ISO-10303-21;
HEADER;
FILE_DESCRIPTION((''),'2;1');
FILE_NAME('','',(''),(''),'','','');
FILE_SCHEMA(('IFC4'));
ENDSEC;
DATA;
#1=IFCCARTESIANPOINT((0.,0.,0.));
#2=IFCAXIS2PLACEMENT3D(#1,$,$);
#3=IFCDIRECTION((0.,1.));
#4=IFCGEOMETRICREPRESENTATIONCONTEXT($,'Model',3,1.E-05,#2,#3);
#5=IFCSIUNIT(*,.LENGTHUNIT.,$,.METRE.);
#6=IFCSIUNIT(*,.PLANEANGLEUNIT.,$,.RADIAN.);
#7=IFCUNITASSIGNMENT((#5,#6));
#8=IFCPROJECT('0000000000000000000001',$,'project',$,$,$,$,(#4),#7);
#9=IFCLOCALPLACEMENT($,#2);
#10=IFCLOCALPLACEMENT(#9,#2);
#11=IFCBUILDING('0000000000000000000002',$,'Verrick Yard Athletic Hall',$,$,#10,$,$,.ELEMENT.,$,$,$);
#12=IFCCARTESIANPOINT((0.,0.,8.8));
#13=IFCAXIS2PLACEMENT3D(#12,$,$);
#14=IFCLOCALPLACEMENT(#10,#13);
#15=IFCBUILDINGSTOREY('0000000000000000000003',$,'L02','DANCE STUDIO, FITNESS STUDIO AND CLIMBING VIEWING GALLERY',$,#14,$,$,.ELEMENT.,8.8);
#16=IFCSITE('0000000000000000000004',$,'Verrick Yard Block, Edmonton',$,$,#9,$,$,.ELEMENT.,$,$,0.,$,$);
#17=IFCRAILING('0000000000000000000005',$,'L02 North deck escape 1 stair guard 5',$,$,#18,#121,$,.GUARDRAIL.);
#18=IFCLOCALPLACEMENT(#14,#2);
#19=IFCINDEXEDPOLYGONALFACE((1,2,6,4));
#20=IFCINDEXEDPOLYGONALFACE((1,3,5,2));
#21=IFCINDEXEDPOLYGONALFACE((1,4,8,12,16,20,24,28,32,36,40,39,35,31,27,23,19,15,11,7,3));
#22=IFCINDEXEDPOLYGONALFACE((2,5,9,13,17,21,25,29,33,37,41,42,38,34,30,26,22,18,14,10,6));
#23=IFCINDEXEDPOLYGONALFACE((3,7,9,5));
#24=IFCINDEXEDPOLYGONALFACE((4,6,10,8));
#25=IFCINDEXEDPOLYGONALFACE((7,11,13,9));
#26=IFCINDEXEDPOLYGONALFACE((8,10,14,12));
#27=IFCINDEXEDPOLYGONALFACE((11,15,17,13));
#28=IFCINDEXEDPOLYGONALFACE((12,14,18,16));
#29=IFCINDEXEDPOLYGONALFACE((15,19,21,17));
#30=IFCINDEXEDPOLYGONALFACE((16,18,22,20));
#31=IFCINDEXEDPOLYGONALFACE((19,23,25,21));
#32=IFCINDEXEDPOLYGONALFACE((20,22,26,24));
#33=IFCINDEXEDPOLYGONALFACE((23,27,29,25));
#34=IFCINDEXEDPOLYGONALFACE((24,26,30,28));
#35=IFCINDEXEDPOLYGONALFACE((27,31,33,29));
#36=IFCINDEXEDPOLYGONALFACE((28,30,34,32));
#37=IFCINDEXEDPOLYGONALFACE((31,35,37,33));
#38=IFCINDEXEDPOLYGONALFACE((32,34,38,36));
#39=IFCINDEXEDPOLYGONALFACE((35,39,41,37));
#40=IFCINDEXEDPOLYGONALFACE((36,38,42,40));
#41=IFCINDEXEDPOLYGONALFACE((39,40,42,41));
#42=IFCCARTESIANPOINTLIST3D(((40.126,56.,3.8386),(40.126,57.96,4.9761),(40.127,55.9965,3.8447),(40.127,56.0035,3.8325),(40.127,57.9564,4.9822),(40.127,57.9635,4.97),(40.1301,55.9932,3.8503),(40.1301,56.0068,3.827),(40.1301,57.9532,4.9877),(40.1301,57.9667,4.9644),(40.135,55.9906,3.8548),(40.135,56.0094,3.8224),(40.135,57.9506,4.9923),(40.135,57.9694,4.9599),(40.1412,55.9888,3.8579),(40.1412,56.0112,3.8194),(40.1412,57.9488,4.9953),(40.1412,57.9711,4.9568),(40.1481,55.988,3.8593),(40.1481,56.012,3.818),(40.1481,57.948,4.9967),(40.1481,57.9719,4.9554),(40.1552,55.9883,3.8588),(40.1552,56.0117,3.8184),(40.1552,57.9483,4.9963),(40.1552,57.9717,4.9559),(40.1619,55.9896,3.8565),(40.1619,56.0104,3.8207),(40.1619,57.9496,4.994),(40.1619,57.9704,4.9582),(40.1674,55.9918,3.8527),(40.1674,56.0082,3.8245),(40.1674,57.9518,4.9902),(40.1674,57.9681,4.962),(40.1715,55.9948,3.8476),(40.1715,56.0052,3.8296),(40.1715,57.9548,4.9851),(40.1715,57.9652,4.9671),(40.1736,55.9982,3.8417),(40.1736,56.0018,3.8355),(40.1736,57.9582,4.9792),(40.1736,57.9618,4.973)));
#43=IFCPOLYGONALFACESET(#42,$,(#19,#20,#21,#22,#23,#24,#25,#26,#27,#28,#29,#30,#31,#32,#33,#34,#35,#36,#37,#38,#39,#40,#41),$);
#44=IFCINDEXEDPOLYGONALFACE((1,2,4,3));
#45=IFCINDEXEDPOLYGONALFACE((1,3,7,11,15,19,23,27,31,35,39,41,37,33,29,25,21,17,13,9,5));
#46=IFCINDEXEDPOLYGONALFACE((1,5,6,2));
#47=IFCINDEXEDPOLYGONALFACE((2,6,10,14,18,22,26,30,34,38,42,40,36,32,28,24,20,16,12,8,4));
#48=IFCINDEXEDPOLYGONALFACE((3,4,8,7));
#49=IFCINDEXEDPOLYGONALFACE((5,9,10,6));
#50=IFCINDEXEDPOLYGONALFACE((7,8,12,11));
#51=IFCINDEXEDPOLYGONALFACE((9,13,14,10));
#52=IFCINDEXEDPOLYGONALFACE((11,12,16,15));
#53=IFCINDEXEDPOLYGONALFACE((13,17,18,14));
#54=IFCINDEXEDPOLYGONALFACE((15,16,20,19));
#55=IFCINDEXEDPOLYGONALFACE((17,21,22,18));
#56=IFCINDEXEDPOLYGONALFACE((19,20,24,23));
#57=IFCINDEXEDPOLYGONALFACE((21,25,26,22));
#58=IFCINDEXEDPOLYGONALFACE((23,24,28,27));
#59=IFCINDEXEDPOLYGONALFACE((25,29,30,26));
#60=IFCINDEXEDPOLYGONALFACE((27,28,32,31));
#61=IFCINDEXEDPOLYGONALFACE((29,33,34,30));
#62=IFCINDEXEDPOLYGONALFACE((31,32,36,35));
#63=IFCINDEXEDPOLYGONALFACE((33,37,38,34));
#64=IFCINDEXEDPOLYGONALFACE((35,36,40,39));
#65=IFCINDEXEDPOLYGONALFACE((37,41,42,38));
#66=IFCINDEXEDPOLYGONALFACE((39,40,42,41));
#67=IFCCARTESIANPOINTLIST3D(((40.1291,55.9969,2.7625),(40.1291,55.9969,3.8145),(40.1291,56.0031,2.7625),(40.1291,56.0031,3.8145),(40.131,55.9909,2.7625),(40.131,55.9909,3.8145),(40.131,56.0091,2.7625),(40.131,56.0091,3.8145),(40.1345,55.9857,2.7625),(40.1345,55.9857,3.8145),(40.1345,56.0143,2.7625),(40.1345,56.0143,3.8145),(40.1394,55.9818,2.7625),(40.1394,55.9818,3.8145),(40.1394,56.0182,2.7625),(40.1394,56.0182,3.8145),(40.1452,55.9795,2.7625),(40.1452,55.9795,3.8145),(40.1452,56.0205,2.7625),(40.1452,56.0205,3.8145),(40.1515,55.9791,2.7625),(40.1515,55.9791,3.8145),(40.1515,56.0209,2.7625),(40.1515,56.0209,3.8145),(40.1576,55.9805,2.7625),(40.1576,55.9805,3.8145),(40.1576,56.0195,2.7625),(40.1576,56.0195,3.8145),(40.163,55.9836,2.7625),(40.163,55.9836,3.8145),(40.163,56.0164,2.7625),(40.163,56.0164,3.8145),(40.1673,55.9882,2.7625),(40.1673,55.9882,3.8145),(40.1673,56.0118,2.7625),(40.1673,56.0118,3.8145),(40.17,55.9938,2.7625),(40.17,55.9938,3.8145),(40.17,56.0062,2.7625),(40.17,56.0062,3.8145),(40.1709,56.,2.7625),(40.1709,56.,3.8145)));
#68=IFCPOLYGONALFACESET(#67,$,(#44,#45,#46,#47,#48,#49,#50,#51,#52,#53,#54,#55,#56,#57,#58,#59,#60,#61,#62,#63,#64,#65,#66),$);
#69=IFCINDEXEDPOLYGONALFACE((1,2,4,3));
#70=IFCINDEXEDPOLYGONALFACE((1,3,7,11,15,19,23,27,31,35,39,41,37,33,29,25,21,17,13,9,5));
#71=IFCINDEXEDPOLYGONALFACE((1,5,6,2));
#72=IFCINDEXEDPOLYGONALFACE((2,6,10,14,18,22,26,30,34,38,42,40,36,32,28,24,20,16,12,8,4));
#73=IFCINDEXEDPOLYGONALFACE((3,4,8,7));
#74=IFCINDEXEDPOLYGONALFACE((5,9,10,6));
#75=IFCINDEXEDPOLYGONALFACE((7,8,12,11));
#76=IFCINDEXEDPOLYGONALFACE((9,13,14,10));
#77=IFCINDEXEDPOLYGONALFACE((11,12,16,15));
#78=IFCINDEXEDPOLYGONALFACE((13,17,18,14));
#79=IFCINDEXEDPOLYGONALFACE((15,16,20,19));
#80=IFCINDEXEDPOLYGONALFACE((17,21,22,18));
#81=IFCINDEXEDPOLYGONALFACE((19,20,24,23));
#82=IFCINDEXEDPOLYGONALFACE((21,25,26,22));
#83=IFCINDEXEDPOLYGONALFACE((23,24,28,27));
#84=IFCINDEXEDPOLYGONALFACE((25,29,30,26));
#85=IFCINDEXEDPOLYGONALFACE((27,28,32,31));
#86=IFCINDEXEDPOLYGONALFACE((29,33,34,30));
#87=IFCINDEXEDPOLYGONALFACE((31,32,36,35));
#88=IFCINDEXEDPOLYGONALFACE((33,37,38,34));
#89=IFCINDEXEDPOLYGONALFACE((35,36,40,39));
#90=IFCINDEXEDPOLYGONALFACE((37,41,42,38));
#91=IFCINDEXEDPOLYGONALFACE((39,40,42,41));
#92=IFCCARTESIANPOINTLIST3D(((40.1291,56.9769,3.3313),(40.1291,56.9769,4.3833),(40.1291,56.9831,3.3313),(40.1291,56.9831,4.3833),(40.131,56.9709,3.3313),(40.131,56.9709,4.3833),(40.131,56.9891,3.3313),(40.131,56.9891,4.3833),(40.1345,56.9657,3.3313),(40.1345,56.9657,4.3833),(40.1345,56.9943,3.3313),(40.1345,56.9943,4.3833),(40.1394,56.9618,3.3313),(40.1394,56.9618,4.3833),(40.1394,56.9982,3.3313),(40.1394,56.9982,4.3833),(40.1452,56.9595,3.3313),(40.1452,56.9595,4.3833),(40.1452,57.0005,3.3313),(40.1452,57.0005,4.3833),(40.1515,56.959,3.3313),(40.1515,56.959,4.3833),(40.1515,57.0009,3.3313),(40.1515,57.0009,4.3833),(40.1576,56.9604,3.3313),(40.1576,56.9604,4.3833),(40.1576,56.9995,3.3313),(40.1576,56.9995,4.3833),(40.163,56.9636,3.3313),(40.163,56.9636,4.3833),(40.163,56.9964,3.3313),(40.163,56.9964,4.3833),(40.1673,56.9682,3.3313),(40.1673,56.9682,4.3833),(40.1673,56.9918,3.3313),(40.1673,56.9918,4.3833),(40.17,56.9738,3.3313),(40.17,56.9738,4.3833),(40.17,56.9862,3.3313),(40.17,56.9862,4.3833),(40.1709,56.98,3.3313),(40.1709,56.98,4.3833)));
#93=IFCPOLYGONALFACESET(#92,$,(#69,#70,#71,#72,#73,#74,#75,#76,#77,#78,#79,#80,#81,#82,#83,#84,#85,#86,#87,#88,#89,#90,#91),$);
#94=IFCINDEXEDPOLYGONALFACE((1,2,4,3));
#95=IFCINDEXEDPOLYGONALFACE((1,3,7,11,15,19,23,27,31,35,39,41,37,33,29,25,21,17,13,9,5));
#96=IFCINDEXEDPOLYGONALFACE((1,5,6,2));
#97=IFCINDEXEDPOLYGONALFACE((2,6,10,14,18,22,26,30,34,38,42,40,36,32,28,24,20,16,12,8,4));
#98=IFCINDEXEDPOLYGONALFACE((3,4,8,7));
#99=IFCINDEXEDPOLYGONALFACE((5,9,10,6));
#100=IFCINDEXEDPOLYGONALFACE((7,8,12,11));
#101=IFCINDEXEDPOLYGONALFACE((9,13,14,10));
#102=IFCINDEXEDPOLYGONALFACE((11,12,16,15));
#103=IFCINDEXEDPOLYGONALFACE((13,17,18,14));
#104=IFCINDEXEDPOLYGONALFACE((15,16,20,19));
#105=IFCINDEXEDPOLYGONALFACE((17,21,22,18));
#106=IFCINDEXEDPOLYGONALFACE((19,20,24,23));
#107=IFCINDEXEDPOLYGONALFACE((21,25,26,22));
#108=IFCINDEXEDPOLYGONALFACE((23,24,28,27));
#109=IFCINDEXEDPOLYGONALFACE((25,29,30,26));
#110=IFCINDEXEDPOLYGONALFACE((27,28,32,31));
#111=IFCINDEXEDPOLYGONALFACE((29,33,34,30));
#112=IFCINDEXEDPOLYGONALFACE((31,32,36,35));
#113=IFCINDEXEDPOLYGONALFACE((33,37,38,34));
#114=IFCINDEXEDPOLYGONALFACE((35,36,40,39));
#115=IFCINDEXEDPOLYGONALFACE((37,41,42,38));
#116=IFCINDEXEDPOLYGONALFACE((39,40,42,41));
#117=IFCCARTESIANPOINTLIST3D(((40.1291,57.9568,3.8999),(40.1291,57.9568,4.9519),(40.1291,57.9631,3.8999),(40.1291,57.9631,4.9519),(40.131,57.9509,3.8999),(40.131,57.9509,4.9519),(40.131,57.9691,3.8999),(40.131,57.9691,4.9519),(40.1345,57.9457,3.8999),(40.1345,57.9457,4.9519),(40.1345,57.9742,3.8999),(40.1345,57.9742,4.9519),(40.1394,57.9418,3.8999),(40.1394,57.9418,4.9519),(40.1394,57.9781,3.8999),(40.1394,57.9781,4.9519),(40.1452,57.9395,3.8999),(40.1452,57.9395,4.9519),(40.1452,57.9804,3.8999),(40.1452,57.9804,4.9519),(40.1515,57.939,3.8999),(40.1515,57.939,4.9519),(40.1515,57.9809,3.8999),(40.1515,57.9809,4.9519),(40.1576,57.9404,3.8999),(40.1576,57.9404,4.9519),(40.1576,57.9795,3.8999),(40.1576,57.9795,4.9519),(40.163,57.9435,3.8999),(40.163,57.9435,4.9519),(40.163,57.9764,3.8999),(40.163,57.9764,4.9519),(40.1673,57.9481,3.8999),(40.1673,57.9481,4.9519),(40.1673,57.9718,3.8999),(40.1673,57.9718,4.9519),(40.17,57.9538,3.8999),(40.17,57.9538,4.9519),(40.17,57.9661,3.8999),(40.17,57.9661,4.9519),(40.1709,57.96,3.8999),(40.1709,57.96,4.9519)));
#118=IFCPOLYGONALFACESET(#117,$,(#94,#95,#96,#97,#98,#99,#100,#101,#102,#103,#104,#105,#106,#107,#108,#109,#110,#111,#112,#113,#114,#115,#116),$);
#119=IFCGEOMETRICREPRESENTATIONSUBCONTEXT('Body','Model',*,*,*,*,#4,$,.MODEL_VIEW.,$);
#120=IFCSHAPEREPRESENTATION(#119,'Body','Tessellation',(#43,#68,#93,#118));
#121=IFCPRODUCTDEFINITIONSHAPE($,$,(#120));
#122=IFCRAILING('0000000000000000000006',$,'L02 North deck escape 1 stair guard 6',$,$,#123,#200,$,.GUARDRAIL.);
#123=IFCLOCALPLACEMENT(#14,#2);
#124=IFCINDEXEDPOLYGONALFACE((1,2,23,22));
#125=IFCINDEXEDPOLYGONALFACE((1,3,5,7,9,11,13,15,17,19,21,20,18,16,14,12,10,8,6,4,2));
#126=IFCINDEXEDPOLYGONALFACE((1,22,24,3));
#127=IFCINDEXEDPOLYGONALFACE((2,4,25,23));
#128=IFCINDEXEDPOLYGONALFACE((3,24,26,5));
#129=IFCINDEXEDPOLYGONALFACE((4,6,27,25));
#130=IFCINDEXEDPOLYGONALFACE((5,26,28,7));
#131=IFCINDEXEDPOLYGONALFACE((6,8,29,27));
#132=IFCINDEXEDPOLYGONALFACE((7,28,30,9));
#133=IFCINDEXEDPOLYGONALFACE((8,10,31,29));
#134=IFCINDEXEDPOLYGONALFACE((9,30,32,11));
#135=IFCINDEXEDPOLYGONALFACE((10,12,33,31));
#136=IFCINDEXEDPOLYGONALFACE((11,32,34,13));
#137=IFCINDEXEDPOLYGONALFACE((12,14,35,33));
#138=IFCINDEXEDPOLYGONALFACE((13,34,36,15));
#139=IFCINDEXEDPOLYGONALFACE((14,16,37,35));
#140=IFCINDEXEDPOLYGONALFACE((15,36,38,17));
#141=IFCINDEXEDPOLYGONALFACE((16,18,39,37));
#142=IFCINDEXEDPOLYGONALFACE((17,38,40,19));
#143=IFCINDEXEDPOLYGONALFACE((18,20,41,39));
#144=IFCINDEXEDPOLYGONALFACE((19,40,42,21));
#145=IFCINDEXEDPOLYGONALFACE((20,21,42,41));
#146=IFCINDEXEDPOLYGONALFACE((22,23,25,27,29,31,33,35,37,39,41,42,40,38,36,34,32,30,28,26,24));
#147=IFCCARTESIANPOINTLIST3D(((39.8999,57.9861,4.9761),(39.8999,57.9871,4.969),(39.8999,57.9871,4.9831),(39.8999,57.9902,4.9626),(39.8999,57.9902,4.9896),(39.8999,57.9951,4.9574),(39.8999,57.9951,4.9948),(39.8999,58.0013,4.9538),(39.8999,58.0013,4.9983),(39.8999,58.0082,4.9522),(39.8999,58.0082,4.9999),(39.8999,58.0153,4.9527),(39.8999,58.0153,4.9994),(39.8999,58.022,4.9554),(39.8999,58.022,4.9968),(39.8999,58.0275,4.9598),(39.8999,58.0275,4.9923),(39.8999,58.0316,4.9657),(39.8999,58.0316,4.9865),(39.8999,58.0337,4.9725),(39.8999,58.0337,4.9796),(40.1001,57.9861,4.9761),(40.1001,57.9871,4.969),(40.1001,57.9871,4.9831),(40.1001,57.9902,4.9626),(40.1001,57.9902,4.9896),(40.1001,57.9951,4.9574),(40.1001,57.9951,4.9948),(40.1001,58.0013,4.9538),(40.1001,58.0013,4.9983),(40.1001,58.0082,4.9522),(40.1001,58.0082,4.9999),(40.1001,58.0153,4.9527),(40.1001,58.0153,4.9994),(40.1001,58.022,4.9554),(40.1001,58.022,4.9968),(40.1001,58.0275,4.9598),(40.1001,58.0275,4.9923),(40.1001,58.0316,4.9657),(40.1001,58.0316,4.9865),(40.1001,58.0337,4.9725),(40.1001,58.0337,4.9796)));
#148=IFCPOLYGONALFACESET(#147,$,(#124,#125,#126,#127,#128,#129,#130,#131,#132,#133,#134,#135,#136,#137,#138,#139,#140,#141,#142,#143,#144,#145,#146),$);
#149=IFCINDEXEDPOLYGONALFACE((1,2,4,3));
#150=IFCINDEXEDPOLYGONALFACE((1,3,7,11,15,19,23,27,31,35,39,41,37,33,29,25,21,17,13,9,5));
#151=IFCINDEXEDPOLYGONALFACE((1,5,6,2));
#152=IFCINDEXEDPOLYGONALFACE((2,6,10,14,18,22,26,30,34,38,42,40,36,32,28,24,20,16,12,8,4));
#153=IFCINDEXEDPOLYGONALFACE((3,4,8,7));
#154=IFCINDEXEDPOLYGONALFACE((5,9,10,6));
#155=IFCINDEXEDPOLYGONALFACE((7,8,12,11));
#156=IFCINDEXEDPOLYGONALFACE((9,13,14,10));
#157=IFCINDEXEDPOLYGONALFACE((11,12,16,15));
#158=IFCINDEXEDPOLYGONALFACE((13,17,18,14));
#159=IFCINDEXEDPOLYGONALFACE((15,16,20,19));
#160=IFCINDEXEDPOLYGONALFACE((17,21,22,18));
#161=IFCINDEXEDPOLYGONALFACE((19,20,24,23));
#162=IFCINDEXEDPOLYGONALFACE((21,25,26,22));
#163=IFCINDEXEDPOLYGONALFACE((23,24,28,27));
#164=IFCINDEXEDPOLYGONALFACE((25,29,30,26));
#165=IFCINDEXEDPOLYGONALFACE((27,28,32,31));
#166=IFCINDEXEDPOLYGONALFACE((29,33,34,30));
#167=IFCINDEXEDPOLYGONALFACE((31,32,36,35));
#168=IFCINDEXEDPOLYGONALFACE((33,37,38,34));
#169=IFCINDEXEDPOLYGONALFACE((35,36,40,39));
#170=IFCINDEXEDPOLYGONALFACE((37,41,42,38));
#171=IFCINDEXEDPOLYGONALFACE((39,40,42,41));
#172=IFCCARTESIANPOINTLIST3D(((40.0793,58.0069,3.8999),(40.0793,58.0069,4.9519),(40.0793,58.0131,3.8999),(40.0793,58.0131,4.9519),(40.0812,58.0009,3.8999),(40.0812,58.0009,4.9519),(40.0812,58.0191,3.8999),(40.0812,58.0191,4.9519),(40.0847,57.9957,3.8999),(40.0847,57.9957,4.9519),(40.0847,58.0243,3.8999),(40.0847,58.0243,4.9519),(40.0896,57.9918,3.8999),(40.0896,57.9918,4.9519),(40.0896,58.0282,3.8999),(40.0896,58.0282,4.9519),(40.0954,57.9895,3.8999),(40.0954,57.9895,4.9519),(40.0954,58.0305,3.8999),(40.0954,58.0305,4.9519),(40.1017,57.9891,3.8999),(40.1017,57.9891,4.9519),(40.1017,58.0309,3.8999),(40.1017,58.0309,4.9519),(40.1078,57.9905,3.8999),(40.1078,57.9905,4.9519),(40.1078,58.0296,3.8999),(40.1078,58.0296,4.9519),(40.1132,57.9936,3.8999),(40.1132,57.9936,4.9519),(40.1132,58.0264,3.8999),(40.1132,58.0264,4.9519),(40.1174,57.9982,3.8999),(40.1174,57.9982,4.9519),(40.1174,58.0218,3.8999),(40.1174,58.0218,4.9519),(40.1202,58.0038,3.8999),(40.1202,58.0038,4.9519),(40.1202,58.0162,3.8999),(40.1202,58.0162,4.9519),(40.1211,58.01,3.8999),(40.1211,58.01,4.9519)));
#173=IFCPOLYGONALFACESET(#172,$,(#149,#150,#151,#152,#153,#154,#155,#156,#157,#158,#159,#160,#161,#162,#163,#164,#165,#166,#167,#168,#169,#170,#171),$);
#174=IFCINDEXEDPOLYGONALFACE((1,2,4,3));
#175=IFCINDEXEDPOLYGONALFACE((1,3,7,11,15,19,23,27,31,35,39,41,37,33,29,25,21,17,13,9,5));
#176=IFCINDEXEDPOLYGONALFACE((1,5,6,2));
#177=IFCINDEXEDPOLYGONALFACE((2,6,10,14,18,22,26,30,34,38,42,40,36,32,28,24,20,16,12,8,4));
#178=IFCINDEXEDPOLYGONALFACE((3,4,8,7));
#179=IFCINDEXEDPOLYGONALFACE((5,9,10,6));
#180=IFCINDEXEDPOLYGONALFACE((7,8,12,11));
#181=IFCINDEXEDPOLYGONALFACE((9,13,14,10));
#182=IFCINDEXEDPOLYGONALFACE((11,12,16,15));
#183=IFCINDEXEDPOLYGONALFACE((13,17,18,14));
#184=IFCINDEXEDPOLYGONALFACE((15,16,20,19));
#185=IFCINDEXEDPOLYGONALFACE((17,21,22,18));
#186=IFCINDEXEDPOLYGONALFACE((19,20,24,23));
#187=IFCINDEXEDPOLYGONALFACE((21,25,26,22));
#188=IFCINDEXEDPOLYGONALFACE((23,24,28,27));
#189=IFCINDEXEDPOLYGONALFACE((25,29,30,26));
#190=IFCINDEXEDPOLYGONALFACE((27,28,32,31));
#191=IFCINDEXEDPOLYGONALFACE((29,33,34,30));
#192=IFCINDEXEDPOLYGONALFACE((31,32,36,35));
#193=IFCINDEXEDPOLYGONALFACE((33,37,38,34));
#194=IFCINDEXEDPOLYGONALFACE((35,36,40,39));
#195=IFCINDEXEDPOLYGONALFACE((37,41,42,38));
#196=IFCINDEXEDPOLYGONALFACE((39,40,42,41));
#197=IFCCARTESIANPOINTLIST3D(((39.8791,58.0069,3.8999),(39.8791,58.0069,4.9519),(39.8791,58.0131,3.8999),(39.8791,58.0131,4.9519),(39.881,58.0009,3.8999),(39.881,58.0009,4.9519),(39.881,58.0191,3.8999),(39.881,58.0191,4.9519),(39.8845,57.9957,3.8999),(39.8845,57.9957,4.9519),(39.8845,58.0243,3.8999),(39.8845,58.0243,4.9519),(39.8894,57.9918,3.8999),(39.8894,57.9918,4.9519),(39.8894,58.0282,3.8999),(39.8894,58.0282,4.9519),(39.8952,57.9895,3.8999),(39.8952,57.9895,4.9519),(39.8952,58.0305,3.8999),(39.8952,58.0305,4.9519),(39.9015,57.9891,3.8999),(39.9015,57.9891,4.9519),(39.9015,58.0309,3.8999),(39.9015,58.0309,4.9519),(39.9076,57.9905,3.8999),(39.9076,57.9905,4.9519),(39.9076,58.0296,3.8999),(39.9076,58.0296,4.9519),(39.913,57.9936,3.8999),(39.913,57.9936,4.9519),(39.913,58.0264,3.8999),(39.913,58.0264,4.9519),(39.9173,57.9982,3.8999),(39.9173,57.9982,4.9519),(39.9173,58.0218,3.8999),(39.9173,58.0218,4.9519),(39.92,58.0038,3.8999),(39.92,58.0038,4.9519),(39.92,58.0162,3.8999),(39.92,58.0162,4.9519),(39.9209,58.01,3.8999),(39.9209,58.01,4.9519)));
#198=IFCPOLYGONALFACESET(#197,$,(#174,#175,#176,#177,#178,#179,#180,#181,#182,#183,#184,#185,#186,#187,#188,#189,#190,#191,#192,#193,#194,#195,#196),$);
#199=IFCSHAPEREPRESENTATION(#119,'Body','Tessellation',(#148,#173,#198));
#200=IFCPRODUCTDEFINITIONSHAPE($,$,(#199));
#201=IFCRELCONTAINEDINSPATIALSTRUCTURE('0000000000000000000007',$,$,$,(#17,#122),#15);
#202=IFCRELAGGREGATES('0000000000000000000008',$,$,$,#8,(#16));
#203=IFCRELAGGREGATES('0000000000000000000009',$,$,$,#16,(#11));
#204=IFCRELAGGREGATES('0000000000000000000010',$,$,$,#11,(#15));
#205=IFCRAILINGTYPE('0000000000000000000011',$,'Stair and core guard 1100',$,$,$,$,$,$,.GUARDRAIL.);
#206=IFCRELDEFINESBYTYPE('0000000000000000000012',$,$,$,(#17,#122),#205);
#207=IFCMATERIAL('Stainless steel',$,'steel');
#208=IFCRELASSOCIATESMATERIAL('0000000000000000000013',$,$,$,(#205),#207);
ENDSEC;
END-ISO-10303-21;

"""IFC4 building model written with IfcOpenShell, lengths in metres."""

from ifc_helpers import new_model, si_unit, direction, frame, origin, origin_2d, place, context, subcontext, project, spatial, circle, extrude, material, type_object, element, save


model = new_model("IFC4")

# Units and contexts
model_context = context("Model", 3, precision=1e-05, world=origin(), true_north=direction((0.0, 1.0)))
body_context = subcontext(model_context, "Body", "Model", "MODEL_VIEW")
ifc_project = project(units=[si_unit("LENGTHUNIT", "METRE"), si_unit("PLANEANGLEUNIT", "RADIAN")], contexts=[model_context])

# Site, building, storey
site_placement = place(None, origin())
site = spatial("IfcSite", under=ifc_project, at=site_placement, Name="Verrick Yard Block, Edmonton", CompositionType="ELEMENT", RefElevation=0.0)
building_placement = place(site_placement, origin())
building = spatial("IfcBuilding", under=site, at=building_placement, Name="Verrick Yard Athletic Hall", CompositionType="ELEMENT")
storey_placement = place(building_placement, frame((0.0, 0.0, 8.8)))
storey = spatial("IfcBuildingStorey", under=building, at=storey_placement, Name="L02", Description="DANCE STUDIO, FITNESS STUDIO AND CLIMBING VIEWING GALLERY", CompositionType="ELEMENT", Elevation=8.8)

# Railings
ifc_material_1 = material(Name="Stainless steel", Category="steel")
railing_type_1 = type_object("IfcRailingType", Name="Stair and core guard 1100", PredefinedType="GUARDRAIL", material=ifc_material_1)
railing_1_placement = place(storey_placement, frame((40.1499, 56.0, 2.7625)))
element("IfcRailing", 1, at=railing_1_placement, inside=storey, type_object=railing_type_1, Name="L02 North deck escape 1 stair guard 5", PredefinedType="GUARDRAIL", context=body_context, shape_type="SweptSolid", body=[
    extrude(circle(Radius=0.0239, at=origin_2d()), frame((0.0, 0.0, 1.0762), z_axis=(0.0, 0.864902, 0.501941), x_axis=(-1.0, 0.0, 0.0)), (0.0, 0.0, 1.0), 2.2661),
    extrude(circle(Radius=0.021, at=origin_2d()), origin(), (0.0, 0.0, 1.0), 1.052),
    extrude(circle(Radius=0.021, at=origin_2d()), frame((0.0, 0.98, 0.5688)), (0.0, 0.0, 1.0), 1.052),
    extrude(circle(Radius=0.021, at=origin_2d()), frame((0.0, 1.96, 1.1375)), (0.0, 0.0, 1.0), 1.052),
])
railing_2_placement = place(storey_placement, frame((40.1001, 58.01, 3.8999)))
element("IfcRailing", 2, at=railing_2_placement, inside=storey, type_object=railing_type_1, Name="L02 North deck escape 1 stair guard 6", PredefinedType="GUARDRAIL", context=body_context, shape_type="SweptSolid", body=[
    extrude(circle(Radius=0.0239, at=origin_2d()), frame((0.0, 0.0, 1.0762), z_axis=(-1.0, 0.0, 0.0), x_axis=(0.0, -1.0, 0.0)), (0.0, 0.0, 1.0), 0.2002),
    extrude(circle(Radius=0.021, at=origin_2d()), origin(), (0.0, 0.0, 1.0), 1.052),
    extrude(circle(Radius=0.021, at=origin_2d()), frame((-0.2002, 0.0, 0.0)), (0.0, 0.0, 1.0), 1.052),
])

save(model, "model.ifc")
